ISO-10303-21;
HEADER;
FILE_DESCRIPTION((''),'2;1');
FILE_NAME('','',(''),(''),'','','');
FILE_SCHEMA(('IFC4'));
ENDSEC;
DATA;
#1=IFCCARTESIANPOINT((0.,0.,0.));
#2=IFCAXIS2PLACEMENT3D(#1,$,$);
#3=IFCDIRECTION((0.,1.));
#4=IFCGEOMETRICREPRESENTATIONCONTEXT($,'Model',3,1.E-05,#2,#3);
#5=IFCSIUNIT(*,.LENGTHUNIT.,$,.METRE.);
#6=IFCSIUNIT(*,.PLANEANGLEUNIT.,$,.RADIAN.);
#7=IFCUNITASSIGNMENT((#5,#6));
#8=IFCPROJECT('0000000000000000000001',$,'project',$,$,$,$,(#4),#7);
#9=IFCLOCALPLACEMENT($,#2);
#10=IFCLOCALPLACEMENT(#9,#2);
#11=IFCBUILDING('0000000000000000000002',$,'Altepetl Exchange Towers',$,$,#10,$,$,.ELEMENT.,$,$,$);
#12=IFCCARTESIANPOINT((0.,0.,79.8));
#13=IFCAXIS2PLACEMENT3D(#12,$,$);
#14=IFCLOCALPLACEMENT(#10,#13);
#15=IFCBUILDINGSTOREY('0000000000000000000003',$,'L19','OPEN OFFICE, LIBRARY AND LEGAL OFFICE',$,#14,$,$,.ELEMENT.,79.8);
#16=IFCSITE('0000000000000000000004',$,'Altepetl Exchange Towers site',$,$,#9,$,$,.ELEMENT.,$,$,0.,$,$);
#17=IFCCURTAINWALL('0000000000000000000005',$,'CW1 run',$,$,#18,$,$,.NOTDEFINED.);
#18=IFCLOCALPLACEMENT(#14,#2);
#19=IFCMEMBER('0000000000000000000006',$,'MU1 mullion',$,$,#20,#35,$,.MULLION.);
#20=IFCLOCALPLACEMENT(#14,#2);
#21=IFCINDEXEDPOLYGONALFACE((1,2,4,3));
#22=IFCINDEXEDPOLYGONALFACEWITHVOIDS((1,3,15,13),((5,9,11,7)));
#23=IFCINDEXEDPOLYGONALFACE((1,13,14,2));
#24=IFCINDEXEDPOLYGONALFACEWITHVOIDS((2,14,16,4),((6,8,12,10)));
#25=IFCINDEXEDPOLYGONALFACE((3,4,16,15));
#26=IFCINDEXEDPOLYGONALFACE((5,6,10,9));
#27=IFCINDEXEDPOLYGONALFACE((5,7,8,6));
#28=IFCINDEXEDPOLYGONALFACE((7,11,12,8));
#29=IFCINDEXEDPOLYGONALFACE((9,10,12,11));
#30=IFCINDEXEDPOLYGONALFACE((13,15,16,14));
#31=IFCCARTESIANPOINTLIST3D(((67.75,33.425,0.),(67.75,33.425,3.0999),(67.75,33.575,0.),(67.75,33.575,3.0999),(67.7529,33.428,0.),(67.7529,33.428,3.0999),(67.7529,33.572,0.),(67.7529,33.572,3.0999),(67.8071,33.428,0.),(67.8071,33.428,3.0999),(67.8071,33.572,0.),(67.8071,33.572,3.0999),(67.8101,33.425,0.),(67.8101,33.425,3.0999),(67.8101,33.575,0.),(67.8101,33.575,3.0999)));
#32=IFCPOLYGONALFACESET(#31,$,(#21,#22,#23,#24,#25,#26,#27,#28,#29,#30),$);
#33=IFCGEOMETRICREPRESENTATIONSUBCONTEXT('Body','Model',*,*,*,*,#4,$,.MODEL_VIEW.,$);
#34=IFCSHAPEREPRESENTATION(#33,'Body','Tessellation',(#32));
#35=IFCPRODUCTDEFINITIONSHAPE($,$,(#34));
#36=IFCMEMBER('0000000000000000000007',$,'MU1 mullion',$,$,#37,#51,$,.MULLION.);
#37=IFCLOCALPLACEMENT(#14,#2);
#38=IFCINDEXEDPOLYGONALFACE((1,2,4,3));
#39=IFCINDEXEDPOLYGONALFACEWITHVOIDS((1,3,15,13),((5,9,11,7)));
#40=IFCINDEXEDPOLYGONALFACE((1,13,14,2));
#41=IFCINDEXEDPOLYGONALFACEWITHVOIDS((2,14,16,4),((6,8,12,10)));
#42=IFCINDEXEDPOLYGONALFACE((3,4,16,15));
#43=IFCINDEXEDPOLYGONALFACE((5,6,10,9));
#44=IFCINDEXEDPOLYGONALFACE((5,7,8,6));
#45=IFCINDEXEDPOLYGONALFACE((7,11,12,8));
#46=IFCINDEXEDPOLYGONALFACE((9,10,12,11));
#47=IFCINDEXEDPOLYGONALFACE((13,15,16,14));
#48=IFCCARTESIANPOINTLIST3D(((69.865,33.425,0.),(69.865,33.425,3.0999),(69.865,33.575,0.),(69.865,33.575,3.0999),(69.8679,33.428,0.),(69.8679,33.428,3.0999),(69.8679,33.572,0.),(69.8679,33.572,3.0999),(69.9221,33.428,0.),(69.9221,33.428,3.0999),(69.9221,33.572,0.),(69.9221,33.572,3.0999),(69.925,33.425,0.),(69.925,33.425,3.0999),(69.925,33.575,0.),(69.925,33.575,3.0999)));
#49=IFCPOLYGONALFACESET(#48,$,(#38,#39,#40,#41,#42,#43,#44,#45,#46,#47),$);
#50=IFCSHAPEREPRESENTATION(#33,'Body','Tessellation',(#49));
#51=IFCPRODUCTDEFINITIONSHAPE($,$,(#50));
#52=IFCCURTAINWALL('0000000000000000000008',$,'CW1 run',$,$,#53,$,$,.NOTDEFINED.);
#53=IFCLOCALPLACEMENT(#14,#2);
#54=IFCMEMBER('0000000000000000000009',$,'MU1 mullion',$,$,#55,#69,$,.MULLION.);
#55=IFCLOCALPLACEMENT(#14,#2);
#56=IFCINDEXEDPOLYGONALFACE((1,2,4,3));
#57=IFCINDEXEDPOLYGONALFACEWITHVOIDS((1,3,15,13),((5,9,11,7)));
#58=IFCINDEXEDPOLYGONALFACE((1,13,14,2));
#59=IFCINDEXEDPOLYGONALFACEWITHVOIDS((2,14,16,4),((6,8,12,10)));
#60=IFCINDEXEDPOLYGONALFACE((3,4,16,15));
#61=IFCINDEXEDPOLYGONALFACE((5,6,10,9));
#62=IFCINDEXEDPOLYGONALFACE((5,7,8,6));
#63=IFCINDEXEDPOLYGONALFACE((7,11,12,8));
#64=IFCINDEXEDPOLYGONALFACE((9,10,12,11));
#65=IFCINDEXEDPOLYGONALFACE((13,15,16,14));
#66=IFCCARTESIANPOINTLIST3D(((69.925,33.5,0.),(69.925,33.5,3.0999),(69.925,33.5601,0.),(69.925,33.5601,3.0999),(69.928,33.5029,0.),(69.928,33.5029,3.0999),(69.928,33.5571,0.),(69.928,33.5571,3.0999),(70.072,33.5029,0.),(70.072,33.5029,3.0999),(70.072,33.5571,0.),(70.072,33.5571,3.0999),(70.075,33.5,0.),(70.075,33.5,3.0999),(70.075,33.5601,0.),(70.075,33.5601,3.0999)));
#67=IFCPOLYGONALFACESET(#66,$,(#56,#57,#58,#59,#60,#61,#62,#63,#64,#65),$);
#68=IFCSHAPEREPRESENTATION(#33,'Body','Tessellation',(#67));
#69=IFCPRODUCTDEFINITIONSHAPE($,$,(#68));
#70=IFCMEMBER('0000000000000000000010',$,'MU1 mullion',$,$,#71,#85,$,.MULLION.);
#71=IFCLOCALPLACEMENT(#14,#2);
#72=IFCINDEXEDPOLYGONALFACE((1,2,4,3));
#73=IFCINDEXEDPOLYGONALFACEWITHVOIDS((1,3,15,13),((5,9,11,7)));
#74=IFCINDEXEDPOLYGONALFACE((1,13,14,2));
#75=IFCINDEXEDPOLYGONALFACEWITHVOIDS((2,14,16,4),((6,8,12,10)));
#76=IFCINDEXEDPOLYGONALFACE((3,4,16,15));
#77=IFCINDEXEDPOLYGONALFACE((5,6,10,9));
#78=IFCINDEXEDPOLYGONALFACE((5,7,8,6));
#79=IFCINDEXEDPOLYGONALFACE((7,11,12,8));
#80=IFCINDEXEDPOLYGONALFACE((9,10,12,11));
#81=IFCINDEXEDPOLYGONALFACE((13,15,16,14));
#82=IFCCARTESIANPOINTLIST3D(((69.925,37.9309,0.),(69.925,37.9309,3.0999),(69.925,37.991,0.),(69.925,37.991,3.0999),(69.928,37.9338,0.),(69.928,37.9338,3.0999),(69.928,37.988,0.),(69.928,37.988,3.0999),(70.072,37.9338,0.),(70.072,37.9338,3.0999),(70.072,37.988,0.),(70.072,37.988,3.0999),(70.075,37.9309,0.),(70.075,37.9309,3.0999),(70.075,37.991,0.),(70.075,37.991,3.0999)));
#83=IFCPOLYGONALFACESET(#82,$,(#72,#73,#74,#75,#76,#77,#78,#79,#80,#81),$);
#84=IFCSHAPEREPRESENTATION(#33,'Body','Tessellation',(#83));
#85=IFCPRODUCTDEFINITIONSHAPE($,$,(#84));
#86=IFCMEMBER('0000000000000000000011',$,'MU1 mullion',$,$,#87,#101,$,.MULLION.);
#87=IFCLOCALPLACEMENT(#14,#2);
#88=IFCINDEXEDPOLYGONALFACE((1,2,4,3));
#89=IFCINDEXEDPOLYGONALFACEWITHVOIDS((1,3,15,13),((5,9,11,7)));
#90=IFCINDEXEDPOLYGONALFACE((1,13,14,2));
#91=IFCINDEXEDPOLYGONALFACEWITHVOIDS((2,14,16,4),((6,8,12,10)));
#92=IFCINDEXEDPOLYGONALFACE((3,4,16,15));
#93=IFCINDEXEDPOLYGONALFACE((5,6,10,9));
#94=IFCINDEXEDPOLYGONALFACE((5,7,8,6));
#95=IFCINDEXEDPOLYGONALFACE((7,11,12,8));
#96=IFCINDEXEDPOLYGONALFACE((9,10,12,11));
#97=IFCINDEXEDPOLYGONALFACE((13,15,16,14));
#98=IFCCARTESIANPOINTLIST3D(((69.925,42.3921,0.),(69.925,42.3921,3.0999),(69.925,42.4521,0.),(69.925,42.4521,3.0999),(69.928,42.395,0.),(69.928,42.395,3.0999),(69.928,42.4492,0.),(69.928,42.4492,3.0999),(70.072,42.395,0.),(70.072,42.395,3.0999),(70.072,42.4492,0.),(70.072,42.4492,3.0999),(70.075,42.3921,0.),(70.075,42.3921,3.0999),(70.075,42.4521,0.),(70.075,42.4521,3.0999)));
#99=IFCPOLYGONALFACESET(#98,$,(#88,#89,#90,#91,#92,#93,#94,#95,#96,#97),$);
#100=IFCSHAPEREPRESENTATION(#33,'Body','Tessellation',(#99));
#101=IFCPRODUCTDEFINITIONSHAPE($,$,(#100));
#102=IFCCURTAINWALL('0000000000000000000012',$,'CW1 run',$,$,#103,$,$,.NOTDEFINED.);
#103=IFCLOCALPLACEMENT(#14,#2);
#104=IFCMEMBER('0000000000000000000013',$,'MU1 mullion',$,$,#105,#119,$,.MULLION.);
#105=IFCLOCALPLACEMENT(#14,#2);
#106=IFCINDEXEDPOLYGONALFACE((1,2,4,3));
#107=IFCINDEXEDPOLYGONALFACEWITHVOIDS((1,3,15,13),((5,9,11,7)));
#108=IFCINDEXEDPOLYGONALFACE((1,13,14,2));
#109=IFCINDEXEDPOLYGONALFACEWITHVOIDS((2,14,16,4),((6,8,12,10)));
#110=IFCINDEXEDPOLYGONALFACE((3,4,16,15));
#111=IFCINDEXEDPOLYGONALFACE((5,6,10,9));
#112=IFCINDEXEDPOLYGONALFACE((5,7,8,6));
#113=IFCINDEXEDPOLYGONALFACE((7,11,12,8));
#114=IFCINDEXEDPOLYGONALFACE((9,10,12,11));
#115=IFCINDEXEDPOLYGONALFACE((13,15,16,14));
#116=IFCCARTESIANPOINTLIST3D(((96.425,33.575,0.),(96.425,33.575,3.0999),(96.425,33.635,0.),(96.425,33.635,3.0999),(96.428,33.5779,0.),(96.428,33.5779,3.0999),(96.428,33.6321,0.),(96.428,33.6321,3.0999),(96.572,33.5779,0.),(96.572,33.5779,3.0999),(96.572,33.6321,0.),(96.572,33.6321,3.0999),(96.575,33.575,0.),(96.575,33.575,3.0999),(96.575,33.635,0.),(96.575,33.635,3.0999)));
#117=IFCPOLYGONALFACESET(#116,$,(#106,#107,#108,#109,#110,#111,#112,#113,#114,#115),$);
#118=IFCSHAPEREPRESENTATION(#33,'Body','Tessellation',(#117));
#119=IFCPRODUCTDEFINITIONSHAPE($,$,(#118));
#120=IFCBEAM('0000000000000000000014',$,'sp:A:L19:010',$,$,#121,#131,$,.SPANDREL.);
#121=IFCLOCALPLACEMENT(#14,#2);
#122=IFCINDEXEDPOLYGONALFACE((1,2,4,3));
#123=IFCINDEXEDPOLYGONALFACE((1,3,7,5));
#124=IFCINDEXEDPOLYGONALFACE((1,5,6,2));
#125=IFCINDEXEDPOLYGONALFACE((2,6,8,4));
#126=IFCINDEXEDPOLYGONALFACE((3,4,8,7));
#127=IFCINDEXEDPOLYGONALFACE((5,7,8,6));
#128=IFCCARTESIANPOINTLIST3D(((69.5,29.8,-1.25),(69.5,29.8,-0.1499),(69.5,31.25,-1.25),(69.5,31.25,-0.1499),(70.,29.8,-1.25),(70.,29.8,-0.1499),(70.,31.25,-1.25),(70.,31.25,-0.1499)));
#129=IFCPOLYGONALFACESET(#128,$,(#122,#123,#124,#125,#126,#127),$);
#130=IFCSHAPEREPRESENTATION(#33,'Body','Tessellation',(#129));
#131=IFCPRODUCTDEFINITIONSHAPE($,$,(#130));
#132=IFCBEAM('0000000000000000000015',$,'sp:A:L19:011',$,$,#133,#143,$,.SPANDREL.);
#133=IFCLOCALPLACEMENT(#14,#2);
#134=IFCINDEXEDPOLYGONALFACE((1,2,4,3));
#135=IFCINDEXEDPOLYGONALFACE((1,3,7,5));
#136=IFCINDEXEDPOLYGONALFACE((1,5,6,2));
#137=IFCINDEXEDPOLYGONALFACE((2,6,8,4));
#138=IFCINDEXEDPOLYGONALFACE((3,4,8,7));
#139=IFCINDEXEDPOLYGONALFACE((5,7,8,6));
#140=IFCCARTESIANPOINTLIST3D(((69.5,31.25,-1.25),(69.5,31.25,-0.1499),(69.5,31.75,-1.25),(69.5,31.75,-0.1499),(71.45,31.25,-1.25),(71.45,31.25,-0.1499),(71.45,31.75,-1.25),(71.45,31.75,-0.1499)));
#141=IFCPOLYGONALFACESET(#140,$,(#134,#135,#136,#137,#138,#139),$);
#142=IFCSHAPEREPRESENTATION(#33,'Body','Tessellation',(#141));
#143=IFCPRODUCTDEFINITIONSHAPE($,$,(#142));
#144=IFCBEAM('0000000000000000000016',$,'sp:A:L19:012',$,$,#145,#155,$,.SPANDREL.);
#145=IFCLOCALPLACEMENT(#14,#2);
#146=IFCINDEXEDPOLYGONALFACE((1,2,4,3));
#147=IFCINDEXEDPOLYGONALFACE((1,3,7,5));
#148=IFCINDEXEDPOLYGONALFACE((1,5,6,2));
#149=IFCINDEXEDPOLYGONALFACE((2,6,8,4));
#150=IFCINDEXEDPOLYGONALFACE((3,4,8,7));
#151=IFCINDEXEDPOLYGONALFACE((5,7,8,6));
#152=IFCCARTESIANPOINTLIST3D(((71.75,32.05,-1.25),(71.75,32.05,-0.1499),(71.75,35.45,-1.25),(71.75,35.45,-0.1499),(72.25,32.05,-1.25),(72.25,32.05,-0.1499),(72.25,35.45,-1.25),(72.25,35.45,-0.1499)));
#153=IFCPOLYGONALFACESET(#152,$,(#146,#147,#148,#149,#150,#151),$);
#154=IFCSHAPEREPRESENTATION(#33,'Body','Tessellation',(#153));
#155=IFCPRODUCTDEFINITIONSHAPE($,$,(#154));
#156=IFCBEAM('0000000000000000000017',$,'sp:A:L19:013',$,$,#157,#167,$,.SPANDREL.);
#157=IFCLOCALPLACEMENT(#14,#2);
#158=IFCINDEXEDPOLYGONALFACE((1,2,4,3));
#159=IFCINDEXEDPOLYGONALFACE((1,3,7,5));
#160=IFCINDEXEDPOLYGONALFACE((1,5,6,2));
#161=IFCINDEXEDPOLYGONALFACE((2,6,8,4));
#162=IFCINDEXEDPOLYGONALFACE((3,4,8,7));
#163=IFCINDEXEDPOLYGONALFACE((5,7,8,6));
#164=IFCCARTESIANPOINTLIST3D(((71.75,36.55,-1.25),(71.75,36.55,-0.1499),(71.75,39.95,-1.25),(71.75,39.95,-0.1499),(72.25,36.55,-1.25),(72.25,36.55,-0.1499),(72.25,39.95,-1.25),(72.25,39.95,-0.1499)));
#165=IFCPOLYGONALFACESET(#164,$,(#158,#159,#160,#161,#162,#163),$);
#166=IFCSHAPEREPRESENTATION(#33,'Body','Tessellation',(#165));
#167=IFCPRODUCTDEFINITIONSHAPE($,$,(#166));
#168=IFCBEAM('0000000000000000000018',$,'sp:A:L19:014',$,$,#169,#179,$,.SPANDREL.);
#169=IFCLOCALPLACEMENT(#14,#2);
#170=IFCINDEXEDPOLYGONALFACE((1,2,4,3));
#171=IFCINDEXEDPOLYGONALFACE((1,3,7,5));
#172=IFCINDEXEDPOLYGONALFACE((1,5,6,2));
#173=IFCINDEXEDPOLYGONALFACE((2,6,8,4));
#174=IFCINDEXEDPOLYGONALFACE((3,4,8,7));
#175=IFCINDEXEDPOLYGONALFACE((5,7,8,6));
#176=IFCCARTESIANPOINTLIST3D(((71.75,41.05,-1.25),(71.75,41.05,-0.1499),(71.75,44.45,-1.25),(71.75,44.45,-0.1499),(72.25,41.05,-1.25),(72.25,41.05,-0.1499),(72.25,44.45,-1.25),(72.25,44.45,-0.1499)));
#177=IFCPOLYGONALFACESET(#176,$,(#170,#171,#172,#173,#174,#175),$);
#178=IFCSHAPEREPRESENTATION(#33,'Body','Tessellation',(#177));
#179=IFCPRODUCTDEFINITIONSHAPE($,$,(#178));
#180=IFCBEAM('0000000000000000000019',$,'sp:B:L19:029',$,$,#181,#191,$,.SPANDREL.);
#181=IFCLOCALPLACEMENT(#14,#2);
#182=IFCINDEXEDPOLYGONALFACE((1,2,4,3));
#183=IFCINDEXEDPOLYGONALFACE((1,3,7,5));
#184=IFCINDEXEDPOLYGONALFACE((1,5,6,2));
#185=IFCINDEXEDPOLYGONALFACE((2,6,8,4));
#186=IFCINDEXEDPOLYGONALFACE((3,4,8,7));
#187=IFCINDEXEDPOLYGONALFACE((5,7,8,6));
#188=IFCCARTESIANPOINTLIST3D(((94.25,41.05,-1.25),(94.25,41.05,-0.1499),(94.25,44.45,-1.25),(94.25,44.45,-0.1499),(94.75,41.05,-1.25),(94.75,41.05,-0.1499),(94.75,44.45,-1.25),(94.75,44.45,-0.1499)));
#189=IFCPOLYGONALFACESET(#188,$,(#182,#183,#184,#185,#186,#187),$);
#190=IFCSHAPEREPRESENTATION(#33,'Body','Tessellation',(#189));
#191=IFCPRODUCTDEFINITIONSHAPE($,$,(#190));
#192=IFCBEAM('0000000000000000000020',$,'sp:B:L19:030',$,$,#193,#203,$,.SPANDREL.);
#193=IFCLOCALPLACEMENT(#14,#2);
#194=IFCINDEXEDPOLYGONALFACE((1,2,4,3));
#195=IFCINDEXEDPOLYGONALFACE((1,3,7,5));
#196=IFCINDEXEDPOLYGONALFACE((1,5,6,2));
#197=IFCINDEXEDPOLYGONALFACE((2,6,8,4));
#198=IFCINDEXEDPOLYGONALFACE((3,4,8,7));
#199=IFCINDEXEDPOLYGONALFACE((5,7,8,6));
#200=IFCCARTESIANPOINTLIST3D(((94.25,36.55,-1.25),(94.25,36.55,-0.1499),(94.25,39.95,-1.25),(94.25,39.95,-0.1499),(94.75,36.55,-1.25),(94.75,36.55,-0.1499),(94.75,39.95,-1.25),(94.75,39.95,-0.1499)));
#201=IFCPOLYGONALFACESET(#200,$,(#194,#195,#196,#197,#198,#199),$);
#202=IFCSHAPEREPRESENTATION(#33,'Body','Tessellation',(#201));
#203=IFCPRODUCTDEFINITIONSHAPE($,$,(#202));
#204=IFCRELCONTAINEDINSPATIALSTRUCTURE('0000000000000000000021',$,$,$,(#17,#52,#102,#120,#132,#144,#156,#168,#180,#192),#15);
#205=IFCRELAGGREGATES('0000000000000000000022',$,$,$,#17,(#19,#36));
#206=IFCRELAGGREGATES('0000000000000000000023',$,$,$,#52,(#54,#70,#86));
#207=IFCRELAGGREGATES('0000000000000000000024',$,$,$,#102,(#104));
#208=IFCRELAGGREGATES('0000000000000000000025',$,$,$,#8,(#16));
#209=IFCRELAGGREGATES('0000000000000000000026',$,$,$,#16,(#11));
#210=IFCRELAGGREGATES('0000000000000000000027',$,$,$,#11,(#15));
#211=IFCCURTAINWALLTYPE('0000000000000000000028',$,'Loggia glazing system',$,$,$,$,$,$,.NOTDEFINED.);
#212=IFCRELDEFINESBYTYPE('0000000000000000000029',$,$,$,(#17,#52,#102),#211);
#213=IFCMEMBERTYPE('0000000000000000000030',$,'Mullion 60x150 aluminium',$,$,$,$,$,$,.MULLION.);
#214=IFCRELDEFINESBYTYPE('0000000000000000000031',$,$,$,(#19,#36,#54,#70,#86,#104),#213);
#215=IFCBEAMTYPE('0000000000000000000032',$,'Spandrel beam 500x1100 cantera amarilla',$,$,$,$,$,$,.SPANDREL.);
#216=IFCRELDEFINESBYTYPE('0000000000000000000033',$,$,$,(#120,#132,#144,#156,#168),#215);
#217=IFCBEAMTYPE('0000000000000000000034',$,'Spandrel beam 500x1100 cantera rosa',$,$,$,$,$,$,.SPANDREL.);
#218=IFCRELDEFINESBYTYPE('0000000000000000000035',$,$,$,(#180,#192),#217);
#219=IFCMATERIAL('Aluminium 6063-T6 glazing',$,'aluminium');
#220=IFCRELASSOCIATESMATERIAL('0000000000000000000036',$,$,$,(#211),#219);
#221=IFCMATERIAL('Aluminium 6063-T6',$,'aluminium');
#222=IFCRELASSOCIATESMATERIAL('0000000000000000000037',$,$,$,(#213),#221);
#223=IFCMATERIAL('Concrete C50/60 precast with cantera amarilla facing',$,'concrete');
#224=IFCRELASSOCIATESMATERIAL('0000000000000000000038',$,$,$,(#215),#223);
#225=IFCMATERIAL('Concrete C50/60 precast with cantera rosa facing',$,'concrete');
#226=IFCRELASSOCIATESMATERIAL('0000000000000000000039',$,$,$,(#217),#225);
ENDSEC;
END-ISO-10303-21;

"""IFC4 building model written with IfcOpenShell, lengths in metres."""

from ifc_helpers import new_model, si_unit, direction, frame, origin, origin_2d, place, context, subcontext, project, spatial, rectangle, hollow_rectangle, extrude, material, material_profile, profile_set, type_object, element, aggregate, save


model = new_model("IFC4")

# Units and contexts
model_context = context("Model", 3, precision=1e-05, world=origin(), true_north=direction((0.0, 1.0)))
body_context = subcontext(model_context, "Body", "Model", "MODEL_VIEW")
ifc_project = project(units=[si_unit("LENGTHUNIT", "METRE"), si_unit("PLANEANGLEUNIT", "RADIAN")], contexts=[model_context])

# Site, building, storey
site_placement = place(None, origin())
site = spatial("IfcSite", under=ifc_project, at=site_placement, Name="Altepetl Exchange Towers site", CompositionType="ELEMENT", RefElevation=0.0)
building_placement = place(site_placement, origin())
building = spatial("IfcBuilding", under=site, at=building_placement, Name="Altepetl Exchange Towers", CompositionType="ELEMENT")
storey_placement = place(building_placement, frame((0.0, 0.0, 79.8)))
storey = spatial("IfcBuildingStorey", under=building, at=storey_placement, Name="L19", Description="OPEN OFFICE, LIBRARY AND LEGAL OFFICE", CompositionType="ELEMENT", Elevation=79.8)

# Curtain walls, members
ifc_material_1 = material(Name="Aluminium 6063-T6 glazing", Category="aluminium")
curtain_wall_type = type_object("IfcCurtainWallType", Name="Loggia glazing system", PredefinedType="NOTDEFINED", material=ifc_material_1)
ifc_material_2 = material(Name="Aluminium 6063-T6", Category="aluminium")
ifc_material_profile_1 = material_profile(ifc_material_2, hollow_rectangle(XDim=0.0601, YDim=0.1499, WallThickness=0.0029, at=origin_2d()), Name="Mullion 60x150 aluminium")
ifc_profile_set_1 = profile_set([ifc_material_profile_1], Name="Aluminium 6063-T6")
member_type = type_object("IfcMemberType", Name="Mullion 60x150 aluminium", PredefinedType="MULLION", material=ifc_profile_set_1)
curtain_wall_1_placement = place(storey_placement, origin())
curtain_wall_1 = element("IfcCurtainWall", 1, at=curtain_wall_1_placement, inside=storey, type_object=curtain_wall_type, Name="CW1 run", PredefinedType="NOTDEFINED")
member_1_placement = place(storey_placement, frame((67.78, 33.5, 0.0)))
member_1 = element("IfcMember", 2, at=member_1_placement, type_object=member_type, Name="MU1 mullion", PredefinedType="MULLION", context=body_context, shape_type="SweptSolid", body=[
    extrude(hollow_rectangle(XDim=0.0601, YDim=0.1499, WallThickness=0.0029, at=origin_2d()), origin(), (0.0, 0.0, 1.0), 3.0999),
])
member_2_placement = place(storey_placement, frame((69.895, 33.5, 0.0)))
member_2 = element("IfcMember", 3, at=member_2_placement, type_object=member_type, Name="MU1 mullion", PredefinedType="MULLION", context=body_context, shape_type="SweptSolid", body=[
    extrude(hollow_rectangle(XDim=0.0601, YDim=0.1499, WallThickness=0.0029, at=origin_2d()), origin(), (0.0, 0.0, 1.0), 3.0999),
])
curtain_wall_2_placement = place(storey_placement, origin())
curtain_wall_2 = element("IfcCurtainWall", 4, at=curtain_wall_2_placement, inside=storey, type_object=curtain_wall_type, Name="CW1 run", PredefinedType="NOTDEFINED")
member_3_placement = place(storey_placement, frame((70.0, 33.53, 0.0), z_axis=(0.0, 0.0, 1.0), x_axis=(0.0, 1.0, 0.0)))
member_3 = element("IfcMember", 5, at=member_3_placement, type_object=member_type, Name="MU1 mullion", PredefinedType="MULLION", context=body_context, shape_type="SweptSolid", body=[
    extrude(hollow_rectangle(XDim=0.0601, YDim=0.1499, WallThickness=0.0029, at=origin_2d()), origin(), (0.0, 0.0, 1.0), 3.0999),
])
member_4_placement = place(storey_placement, frame((70.0, 37.9609, 0.0), z_axis=(0.0, 0.0, 1.0), x_axis=(0.0, 1.0, 0.0)))
member_4 = element("IfcMember", 6, at=member_4_placement, type_object=member_type, Name="MU1 mullion", PredefinedType="MULLION", context=body_context, shape_type="SweptSolid", body=[
    extrude(hollow_rectangle(XDim=0.0601, YDim=0.1499, WallThickness=0.0029, at=origin_2d()), origin(), (0.0, 0.0, 1.0), 3.0999),
])
member_5_placement = place(storey_placement, frame((70.0, 42.4221, 0.0), z_axis=(0.0, 0.0, 1.0), x_axis=(0.0, 1.0, 0.0)))
member_5 = element("IfcMember", 7, at=member_5_placement, type_object=member_type, Name="MU1 mullion", PredefinedType="MULLION", context=body_context, shape_type="SweptSolid", body=[
    extrude(hollow_rectangle(XDim=0.0601, YDim=0.1499, WallThickness=0.0029, at=origin_2d()), origin(), (0.0, 0.0, 1.0), 3.0999),
])

# Curtain wall, member
curtain_wall_3_placement = place(storey_placement, origin())
curtain_wall_3 = element("IfcCurtainWall", 8, at=curtain_wall_3_placement, inside=storey, type_object=curtain_wall_type, Name="CW1 run", PredefinedType="NOTDEFINED")
member_6_placement = place(storey_placement, frame((96.5, 33.605, 0.0), z_axis=(0.0, 0.0, 1.0), x_axis=(0.0, -1.0, 0.0)))
member_6 = element("IfcMember", 9, at=member_6_placement, type_object=member_type, Name="MU1 mullion", PredefinedType="MULLION", context=body_context, shape_type="SweptSolid", body=[
    extrude(hollow_rectangle(XDim=0.0601, YDim=0.1499, WallThickness=0.0029, at=origin_2d()), origin(), (0.0, 0.0, 1.0), 3.0999),
])

# Beams
ifc_material_3 = material(Name="Concrete C50/60 precast with cantera amarilla facing", Category="concrete")
ifc_material_profile_2 = material_profile(ifc_material_3, rectangle(XDim=0.5, YDim=1.1001, at=origin_2d()), Name="500 x 1100")
ifc_profile_set_2 = profile_set([ifc_material_profile_2], Name="Concrete C50/60 precast with cantera amarilla facing")
beam_type_1 = type_object("IfcBeamType", Name="Spandrel beam 500x1100 cantera amarilla", PredefinedType="SPANDREL", material=ifc_profile_set_2)
beam_1_placement = place(storey_placement, frame((69.75, 29.8, -0.7), z_axis=(0.0, 1.0, 0.0), x_axis=(-1.0, 0.0, 0.0)))
element("IfcBeam", 10, at=beam_1_placement, inside=storey, type_object=beam_type_1, Name="sp:A:L19:010", PredefinedType="SPANDREL", context=body_context, shape_type="SweptSolid", body=[
    extrude(rectangle(XDim=0.5, YDim=1.1001, at=origin_2d()), origin(), (0.0, 0.0, 1.0), 1.45),
])
beam_2_placement = place(storey_placement, frame((69.5, 31.5, -0.7), z_axis=(1.0, 0.0, 0.0), x_axis=(0.0, 1.0, 0.0)))
element("IfcBeam", 11, at=beam_2_placement, inside=storey, type_object=beam_type_1, Name="sp:A:L19:011", PredefinedType="SPANDREL", context=body_context, shape_type="SweptSolid", body=[
    extrude(rectangle(XDim=0.5, YDim=1.1001, at=origin_2d()), origin(), (0.0, 0.0, 1.0), 1.95),
])
for number, where, z_axis, x_axis, name in (
    (12, (72.0, 32.05, -0.7), (0.0, 1.0, 0.0), (-1.0, 0.0, 0.0), "sp:A:L19:012"),
    (13, (72.0, 36.55, -0.7), (0.0, 1.0, 0.0), (-1.0, 0.0, 0.0), "sp:A:L19:013"),
    (14, (72.0, 41.05, -0.7), (0.0, 1.0, 0.0), (-1.0, 0.0, 0.0), "sp:A:L19:014"),
):
    element("IfcBeam", number, at=place(storey_placement, frame(where, z_axis=z_axis, x_axis=x_axis)), inside=storey, type_object=beam_type_1, Name=name, PredefinedType="SPANDREL", context=body_context, shape_type="SweptSolid", body=[
        extrude(rectangle(XDim=0.5, YDim=1.1001, at=origin_2d()), origin(), (0.0, 0.0, 1.0), 3.3999),
    ])
ifc_material_4 = material(Name="Concrete C50/60 precast with cantera rosa facing", Category="concrete")
ifc_material_profile_3 = material_profile(ifc_material_4, rectangle(XDim=0.5, YDim=1.1001, at=origin_2d()), Name="500 x 1100")
ifc_profile_set_3 = profile_set([ifc_material_profile_3], Name="Concrete C50/60 precast with cantera rosa facing")
beam_type_2 = type_object("IfcBeamType", Name="Spandrel beam 500x1100 cantera rosa", PredefinedType="SPANDREL", material=ifc_profile_set_3)
for number, where, z_axis, x_axis, name in (
    (15, (94.5, 44.45, -0.7), (0.0, -1.0, 0.0), (1.0, 0.0, 0.0), "sp:B:L19:029"),
    (16, (94.5, 39.95, -0.7), (0.0, -1.0, 0.0), (1.0, 0.0, 0.0), "sp:B:L19:030"),
):
    element("IfcBeam", number, at=place(storey_placement, frame(where, z_axis=z_axis, x_axis=x_axis)), inside=storey, type_object=beam_type_2, Name=name, PredefinedType="SPANDREL", context=body_context, shape_type="SweptSolid", body=[
        extrude(rectangle(XDim=0.5, YDim=1.1001, at=origin_2d()), origin(), (0.0, 0.0, 1.0), 3.3999),
    ])

aggregate(curtain_wall_1, [member_1, member_2])
aggregate(curtain_wall_2, [member_3, member_4, member_5])
aggregate(curtain_wall_3, [member_6])

save(model, "model.ifc")
